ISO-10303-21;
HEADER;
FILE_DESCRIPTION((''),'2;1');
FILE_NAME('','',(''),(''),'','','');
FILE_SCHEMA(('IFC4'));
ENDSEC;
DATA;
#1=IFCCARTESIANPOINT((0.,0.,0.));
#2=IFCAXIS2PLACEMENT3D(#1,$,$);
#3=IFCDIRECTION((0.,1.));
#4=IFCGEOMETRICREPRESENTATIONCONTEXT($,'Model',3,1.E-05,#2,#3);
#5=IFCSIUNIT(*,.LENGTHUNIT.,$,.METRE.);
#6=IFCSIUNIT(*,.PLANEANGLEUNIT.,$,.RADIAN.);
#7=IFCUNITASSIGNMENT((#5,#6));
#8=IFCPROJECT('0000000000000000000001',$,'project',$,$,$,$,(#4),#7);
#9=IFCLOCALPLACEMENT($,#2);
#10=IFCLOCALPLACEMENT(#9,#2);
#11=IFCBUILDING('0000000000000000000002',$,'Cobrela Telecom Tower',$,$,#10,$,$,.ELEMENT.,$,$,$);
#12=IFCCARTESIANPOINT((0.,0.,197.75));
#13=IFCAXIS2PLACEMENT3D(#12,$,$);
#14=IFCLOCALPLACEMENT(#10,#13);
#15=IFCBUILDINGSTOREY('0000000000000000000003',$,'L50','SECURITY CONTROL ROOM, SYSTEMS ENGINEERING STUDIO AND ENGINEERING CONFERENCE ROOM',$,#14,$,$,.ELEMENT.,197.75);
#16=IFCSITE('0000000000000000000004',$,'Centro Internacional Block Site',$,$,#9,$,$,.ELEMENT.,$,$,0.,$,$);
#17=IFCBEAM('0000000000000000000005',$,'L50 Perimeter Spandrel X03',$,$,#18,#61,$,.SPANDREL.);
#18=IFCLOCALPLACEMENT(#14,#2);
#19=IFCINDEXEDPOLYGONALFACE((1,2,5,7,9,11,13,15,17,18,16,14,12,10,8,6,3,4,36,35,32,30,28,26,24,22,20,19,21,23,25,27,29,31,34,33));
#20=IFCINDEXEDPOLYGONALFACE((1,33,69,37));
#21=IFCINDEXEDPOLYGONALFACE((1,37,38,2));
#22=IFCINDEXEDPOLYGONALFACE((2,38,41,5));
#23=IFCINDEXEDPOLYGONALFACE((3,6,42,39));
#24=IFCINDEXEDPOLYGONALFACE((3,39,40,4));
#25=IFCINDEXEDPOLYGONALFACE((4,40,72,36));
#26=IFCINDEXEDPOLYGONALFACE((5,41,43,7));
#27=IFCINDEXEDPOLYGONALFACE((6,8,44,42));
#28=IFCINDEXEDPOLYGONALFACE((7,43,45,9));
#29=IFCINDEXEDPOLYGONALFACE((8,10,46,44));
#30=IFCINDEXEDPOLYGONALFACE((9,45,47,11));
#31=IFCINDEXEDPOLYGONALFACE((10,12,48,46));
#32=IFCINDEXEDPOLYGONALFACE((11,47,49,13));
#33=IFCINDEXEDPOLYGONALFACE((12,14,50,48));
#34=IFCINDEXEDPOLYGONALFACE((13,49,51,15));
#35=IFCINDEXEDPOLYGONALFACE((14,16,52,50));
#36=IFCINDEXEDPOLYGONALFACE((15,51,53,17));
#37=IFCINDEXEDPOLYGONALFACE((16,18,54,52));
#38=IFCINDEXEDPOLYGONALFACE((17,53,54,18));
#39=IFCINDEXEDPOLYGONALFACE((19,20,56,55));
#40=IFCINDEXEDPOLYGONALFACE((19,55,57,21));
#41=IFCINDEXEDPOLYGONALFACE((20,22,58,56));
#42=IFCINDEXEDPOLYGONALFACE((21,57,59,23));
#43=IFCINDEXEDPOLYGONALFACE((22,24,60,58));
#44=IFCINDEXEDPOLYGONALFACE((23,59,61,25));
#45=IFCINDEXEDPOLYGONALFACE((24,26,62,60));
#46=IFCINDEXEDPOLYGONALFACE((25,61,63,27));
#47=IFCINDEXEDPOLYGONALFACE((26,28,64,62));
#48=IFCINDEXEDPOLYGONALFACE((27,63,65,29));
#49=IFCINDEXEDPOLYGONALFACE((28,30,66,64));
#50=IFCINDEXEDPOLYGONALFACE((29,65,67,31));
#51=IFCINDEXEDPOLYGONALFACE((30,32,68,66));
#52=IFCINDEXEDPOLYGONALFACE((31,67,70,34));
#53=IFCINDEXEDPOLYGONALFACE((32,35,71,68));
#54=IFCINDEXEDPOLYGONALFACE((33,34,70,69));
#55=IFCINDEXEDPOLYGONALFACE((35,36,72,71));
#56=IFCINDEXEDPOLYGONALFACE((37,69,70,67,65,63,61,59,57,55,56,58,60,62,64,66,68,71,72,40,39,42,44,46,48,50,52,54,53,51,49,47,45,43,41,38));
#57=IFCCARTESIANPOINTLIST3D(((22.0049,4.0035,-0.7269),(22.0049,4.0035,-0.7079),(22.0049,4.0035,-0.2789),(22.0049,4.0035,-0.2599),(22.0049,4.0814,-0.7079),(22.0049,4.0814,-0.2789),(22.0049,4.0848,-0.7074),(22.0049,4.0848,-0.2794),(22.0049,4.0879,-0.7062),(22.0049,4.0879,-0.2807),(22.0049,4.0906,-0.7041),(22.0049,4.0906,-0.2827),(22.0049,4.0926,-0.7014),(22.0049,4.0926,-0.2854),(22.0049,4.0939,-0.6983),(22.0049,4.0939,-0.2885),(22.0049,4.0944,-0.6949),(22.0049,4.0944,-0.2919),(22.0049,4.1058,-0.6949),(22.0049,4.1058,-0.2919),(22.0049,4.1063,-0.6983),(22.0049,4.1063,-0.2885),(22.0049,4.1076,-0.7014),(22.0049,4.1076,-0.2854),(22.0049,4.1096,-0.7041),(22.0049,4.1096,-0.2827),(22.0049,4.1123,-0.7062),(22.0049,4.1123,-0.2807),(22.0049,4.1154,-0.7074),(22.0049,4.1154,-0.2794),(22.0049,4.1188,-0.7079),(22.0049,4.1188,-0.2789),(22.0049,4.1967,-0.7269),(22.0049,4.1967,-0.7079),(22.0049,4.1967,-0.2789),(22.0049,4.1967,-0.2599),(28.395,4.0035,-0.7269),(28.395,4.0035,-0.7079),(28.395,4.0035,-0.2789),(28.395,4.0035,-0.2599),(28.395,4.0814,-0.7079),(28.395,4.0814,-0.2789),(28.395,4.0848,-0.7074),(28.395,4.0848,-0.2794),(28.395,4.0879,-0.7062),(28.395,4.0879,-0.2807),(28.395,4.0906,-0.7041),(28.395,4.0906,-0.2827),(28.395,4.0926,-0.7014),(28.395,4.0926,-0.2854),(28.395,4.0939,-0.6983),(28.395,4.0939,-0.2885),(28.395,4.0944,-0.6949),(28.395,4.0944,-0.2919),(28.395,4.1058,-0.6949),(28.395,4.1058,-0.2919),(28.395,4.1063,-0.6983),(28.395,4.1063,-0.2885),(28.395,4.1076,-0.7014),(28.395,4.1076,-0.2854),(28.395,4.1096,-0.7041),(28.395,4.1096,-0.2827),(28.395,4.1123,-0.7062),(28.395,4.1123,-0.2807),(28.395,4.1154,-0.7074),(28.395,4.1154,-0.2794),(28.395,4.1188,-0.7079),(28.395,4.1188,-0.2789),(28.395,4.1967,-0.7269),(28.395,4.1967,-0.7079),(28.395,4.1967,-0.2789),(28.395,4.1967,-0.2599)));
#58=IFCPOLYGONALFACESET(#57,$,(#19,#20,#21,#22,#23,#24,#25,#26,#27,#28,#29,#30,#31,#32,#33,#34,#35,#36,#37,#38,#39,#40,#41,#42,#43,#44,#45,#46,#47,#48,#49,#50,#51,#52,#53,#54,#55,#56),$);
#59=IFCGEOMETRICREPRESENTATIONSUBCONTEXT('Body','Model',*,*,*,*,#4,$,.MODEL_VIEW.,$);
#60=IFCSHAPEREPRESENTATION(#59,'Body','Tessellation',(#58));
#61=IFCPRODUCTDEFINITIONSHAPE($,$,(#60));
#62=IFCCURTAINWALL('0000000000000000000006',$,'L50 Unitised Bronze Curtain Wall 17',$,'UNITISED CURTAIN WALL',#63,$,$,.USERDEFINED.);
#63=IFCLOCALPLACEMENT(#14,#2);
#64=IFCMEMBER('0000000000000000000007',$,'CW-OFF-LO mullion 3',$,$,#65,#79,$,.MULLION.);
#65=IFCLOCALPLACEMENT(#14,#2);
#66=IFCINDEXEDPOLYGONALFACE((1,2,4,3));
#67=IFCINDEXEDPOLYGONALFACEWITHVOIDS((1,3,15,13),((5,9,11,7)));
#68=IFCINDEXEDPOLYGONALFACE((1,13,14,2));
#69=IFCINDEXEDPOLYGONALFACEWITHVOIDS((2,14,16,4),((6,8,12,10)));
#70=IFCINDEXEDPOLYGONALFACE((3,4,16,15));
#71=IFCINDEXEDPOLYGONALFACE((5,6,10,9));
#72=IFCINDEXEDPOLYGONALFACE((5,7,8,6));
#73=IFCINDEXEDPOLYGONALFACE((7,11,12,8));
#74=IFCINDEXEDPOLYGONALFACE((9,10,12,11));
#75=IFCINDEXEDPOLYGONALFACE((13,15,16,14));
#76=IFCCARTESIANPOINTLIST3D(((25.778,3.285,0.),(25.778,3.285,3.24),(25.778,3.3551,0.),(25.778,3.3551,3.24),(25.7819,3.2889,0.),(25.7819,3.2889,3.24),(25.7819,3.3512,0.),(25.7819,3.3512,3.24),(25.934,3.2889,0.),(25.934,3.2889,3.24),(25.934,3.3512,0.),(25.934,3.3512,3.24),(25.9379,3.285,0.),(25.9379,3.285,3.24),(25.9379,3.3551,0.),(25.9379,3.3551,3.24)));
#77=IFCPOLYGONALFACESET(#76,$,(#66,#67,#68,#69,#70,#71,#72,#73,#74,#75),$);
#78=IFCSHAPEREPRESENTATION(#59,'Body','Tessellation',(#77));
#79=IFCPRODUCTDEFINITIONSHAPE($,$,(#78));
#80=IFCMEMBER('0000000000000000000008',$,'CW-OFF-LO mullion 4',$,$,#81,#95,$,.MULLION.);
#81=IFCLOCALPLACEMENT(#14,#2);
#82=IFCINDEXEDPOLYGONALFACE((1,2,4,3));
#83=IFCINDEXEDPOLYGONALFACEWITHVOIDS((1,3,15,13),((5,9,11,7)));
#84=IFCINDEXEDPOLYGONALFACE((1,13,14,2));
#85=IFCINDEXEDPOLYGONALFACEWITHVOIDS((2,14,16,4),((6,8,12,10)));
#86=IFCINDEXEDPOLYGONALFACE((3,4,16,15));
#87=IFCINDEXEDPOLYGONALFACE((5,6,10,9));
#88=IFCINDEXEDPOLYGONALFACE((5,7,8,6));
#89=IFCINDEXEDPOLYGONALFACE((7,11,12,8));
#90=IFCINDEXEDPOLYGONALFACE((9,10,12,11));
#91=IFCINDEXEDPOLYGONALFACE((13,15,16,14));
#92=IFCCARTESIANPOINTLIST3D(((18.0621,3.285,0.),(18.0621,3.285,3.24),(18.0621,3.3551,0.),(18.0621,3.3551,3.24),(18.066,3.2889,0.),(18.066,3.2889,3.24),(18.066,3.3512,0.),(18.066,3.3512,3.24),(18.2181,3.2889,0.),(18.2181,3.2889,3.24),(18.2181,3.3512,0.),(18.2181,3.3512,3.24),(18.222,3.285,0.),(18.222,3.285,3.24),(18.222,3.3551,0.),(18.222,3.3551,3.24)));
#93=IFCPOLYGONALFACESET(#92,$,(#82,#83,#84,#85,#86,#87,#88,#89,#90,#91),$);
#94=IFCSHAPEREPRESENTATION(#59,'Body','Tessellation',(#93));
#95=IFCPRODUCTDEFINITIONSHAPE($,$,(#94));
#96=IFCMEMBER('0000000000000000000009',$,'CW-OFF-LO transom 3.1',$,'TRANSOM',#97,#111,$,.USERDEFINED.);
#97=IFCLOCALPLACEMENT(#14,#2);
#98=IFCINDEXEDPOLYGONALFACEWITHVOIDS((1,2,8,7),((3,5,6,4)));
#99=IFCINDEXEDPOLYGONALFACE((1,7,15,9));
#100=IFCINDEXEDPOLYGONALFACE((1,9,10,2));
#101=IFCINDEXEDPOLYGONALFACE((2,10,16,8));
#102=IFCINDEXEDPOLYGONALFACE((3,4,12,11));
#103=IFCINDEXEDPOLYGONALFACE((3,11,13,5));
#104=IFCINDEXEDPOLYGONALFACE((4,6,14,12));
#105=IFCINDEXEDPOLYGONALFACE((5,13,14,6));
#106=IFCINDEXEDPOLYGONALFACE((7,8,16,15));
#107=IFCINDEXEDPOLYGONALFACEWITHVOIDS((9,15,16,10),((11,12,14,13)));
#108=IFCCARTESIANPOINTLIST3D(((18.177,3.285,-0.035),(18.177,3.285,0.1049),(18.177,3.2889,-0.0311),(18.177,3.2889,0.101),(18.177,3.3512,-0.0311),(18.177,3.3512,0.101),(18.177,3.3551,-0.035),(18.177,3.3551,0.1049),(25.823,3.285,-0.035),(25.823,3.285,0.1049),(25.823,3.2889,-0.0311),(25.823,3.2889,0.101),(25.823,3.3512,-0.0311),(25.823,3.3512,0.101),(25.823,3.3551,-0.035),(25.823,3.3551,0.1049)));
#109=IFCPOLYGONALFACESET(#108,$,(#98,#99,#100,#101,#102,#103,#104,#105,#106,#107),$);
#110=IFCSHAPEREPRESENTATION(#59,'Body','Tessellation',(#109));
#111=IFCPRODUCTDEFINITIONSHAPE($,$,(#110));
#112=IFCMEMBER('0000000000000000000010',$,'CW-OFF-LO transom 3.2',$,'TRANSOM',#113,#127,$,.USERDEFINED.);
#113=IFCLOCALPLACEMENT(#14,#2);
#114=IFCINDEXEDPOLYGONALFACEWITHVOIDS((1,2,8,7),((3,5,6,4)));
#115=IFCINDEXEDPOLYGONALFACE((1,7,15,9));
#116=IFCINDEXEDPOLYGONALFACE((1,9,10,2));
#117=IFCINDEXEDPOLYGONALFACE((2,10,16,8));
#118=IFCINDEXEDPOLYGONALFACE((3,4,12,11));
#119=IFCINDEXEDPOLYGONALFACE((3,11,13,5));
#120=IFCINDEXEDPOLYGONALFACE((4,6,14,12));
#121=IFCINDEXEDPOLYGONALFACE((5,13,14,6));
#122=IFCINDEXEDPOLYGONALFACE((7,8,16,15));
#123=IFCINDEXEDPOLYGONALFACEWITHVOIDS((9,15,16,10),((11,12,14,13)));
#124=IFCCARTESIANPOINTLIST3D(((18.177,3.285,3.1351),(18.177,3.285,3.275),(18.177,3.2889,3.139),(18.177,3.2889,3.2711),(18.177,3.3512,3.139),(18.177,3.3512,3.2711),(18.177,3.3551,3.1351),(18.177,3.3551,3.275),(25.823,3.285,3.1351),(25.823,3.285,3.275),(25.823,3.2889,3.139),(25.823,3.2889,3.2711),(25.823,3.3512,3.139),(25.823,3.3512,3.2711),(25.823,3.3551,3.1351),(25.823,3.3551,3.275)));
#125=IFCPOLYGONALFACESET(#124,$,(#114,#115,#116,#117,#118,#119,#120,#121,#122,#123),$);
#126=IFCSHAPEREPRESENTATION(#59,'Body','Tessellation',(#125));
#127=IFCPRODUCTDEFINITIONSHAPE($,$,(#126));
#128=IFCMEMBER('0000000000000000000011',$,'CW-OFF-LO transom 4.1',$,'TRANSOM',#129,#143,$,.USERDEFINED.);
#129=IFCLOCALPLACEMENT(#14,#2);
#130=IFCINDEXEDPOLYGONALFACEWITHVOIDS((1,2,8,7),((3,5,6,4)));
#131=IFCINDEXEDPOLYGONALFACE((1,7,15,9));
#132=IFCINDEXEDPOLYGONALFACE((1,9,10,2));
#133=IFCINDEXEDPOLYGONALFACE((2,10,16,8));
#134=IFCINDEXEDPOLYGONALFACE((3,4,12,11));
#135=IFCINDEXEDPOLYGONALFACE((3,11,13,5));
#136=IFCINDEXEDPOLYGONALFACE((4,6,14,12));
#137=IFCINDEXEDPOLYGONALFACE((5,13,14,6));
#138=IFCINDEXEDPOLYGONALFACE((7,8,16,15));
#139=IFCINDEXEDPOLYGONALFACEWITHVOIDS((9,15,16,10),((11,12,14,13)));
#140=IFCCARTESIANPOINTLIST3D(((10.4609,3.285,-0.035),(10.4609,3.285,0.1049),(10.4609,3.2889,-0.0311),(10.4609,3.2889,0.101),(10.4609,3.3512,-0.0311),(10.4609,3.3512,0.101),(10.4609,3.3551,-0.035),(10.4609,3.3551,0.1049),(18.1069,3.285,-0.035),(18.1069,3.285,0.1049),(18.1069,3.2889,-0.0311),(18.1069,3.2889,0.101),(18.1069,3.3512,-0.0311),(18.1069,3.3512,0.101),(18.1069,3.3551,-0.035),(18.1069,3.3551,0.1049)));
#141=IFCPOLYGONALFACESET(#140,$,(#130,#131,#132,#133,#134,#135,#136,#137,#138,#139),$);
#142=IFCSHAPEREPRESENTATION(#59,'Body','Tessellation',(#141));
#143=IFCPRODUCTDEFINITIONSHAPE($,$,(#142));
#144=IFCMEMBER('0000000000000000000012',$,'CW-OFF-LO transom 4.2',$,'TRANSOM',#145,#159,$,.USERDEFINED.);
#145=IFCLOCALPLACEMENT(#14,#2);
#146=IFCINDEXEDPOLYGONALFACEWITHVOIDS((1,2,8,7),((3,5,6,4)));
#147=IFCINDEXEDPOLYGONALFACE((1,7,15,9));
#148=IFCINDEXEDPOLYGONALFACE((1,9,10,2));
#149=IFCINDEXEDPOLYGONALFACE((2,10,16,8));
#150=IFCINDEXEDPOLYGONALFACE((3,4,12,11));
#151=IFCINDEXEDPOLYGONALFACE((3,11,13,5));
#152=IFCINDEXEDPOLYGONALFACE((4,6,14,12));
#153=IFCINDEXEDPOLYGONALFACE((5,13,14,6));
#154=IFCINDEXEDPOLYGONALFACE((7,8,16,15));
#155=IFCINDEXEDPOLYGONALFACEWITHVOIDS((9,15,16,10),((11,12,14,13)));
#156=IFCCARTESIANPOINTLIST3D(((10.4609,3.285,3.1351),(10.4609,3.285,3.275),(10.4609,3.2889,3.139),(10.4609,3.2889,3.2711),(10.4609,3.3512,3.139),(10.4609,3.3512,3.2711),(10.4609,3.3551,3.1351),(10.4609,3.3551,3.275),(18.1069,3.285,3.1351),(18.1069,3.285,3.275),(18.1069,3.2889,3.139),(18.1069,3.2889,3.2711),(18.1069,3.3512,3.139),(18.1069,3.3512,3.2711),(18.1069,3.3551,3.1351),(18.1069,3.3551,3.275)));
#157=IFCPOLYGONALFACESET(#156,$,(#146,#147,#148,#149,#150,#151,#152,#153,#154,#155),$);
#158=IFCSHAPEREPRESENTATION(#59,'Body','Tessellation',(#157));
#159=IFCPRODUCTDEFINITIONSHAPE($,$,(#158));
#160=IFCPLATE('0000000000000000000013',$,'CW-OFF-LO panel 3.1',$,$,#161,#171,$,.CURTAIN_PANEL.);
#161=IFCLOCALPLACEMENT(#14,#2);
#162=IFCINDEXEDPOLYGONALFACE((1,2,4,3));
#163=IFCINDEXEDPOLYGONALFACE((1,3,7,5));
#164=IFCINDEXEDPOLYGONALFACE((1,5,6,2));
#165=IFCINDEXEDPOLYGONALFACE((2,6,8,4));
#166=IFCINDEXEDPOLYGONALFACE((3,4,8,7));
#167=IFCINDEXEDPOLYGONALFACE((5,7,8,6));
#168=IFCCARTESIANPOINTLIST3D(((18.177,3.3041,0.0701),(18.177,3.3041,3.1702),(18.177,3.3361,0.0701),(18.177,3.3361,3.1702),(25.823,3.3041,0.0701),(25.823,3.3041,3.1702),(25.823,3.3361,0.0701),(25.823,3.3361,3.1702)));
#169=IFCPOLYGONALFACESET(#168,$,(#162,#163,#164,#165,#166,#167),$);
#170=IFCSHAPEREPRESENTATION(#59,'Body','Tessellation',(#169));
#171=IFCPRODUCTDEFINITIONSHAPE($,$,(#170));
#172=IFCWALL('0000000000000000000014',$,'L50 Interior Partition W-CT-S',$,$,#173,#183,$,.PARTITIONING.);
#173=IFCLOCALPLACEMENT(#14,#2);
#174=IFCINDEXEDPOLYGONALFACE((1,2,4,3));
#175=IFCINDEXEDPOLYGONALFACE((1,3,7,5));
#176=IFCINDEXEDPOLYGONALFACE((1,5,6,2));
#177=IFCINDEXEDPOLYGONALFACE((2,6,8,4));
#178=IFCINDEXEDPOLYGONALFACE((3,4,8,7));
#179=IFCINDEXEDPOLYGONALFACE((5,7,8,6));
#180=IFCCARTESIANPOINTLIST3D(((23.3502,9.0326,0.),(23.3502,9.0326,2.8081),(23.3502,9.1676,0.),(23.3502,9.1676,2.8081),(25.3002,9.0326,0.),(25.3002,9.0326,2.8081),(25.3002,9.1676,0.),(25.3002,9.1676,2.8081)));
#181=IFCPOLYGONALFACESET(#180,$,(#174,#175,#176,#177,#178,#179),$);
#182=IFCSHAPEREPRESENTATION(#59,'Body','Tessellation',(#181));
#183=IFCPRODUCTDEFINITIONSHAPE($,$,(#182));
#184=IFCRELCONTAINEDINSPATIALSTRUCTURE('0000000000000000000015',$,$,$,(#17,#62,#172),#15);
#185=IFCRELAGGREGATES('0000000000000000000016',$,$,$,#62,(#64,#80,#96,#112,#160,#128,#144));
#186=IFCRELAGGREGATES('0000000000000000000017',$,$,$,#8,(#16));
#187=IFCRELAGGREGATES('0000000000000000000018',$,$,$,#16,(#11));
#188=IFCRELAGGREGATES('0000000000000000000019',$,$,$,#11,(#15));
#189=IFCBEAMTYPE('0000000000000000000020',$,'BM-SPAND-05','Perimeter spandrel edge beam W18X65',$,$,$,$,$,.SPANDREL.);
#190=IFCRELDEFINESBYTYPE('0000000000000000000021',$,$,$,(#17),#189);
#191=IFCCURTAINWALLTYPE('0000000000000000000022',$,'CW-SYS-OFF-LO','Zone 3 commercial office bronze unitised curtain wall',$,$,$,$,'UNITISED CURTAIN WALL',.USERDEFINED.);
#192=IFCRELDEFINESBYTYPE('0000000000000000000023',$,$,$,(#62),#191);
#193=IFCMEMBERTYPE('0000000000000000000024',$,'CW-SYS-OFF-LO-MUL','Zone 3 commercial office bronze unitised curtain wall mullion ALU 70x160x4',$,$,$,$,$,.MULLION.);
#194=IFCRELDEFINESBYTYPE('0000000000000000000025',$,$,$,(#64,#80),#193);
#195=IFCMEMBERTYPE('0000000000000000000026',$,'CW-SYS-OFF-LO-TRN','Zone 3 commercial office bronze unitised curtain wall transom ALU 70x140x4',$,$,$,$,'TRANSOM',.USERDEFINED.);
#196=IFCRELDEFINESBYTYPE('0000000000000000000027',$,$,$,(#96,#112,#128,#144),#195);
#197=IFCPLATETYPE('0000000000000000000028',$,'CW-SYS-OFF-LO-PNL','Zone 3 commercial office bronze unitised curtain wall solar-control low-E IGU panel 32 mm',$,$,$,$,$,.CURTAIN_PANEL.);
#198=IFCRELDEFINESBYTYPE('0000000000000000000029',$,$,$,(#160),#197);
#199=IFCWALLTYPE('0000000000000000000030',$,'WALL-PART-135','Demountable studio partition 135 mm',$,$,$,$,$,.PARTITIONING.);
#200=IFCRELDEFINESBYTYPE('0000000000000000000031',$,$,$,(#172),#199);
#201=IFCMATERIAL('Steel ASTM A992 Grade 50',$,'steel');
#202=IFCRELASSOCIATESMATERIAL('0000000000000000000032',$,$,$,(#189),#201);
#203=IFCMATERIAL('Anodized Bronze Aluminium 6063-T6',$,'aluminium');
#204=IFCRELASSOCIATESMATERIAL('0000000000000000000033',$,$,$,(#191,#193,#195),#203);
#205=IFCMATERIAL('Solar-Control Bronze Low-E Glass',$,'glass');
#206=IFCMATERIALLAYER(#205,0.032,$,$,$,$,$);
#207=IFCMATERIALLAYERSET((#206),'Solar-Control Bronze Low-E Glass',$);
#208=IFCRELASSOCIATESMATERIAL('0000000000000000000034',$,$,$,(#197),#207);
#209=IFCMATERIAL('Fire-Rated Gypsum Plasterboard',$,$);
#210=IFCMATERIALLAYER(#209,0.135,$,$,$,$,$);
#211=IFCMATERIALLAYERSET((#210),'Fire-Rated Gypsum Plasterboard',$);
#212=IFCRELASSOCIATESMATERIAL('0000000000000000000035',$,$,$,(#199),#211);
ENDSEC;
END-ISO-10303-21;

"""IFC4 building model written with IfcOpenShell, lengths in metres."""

from ifc_helpers import new_model, si_unit, direction, frame, frame_2d, origin, origin_2d, place, context, subcontext, project, spatial, rectangle, hollow_rectangle, i_section, extrude, material, layer, layer_set, material_profile, profile_set, type_object, element, aggregate, save


model = new_model("IFC4")

# Units and contexts
model_context = context("Model", 3, precision=1e-05, world=origin(), true_north=direction((0.0, 1.0)))
body_context = subcontext(model_context, "Body", "Model", "MODEL_VIEW")
ifc_project = project(units=[si_unit("LENGTHUNIT", "METRE"), si_unit("PLANEANGLEUNIT", "RADIAN")], contexts=[model_context])

# Site, building, storey
site_placement = place(None, origin())
site = spatial("IfcSite", under=ifc_project, at=site_placement, Name="Centro Internacional Block Site", CompositionType="ELEMENT", RefElevation=0.0)
building_placement = place(site_placement, origin())
building = spatial("IfcBuilding", under=site, at=building_placement, Name="Cobrela Telecom Tower", CompositionType="ELEMENT")
storey_placement = place(building_placement, frame((0.0, 0.0, 197.75)))
storey = spatial("IfcBuildingStorey", under=building, at=storey_placement, Name="L50", Description="SECURITY CONTROL ROOM, SYSTEMS ENGINEERING STUDIO AND ENGINEERING CONFERENCE ROOM", CompositionType="ELEMENT", Elevation=197.75)

# Shared definitions
ifc_material_1 = material(Name="Steel ASTM A992 Grade 50", Category="steel")

# Beam
ifc_material_profile_1 = material_profile(ifc_material_1, i_section(OverallWidth=0.1931, OverallDepth=0.467, WebThickness=0.0115, FlangeThickness=0.019, FilletRadius=0.0129, at=origin_2d()), Name="W18X65")
ifc_profile_set_1 = profile_set([ifc_material_profile_1], Name="Steel ASTM A992 Grade 50")
beam_type_1 = type_object("IfcBeamType", Name="BM-SPAND-05", Description="Perimeter spandrel edge beam W18X65", PredefinedType="SPANDREL", material=ifc_profile_set_1)
beam_1_placement = place(storey_placement, frame((22.0049, 4.1001, -0.4934), z_axis=(1.0, 0.0, 0.0), x_axis=(0.0, 1.0, 0.0)))
element("IfcBeam", 1, at=beam_1_placement, inside=storey, type_object=beam_type_1, Name="L50 Perimeter Spandrel X03", PredefinedType="SPANDREL", context=body_context, shape_type="SweptSolid", body=[
    extrude(i_section(OverallWidth=0.1931, OverallDepth=0.467, WebThickness=0.0115, FlangeThickness=0.019, FilletRadius=0.0129, at=origin_2d()), origin(), (0.0, 0.0, 1.0), 6.3901),
])

# Curtain wall, members, plate
ifc_material_2 = material(Name="Anodized Bronze Aluminium 6063-T6", Category="aluminium")
curtain_wall_type = type_object("IfcCurtainWallType", Name="CW-SYS-OFF-LO", Description="Zone 3 commercial office bronze unitised curtain wall", ElementType="UNITISED CURTAIN WALL", PredefinedType="USERDEFINED", material=ifc_material_2)
curtain_wall_placement = place(storey_placement, origin())
curtain_wall = element("IfcCurtainWall", 2, at=curtain_wall_placement, inside=storey, type_object=curtain_wall_type, Name="L50 Unitised Bronze Curtain Wall 17", ObjectType="UNITISED CURTAIN WALL", PredefinedType="USERDEFINED")
ifc_material_profile_2 = material_profile(ifc_material_2, hollow_rectangle(XDim=0.0701, YDim=0.1599, WallThickness=0.0039, at=origin_2d()), Name="ALU 70x160x4")
ifc_profile_set_2 = profile_set([ifc_material_profile_2], Name="Anodized Bronze Aluminium 6063-T6")
member_type_1 = type_object("IfcMemberType", Name="CW-SYS-OFF-LO-MUL", Description="Zone 3 commercial office bronze unitised curtain wall mullion ALU 70x160x4", PredefinedType="MULLION", material=ifc_profile_set_2)
member_1_placement = place(storey_placement, frame((25.8579, 3.3201, 0.0), z_axis=(0.0, 0.0, 1.0), x_axis=(0.0, -1.0, 0.0)))
member_1 = element("IfcMember", 3, at=member_1_placement, type_object=member_type_1, Name="CW-OFF-LO mullion 3", PredefinedType="MULLION", context=body_context, shape_type="SweptSolid", body=[
    extrude(hollow_rectangle(XDim=0.0701, YDim=0.1599, WallThickness=0.0039, at=origin_2d()), origin(), (0.0, 0.0, 1.0), 3.24),
])
member_2_placement = place(storey_placement, frame((18.1421, 3.3201, 0.0), z_axis=(0.0, 0.0, 1.0), x_axis=(0.0, -1.0, 0.0)))
member_2 = element("IfcMember", 4, at=member_2_placement, type_object=member_type_1, Name="CW-OFF-LO mullion 4", PredefinedType="MULLION", context=body_context, shape_type="SweptSolid", body=[
    extrude(hollow_rectangle(XDim=0.0701, YDim=0.1599, WallThickness=0.0039, at=origin_2d()), origin(), (0.0, 0.0, 1.0), 3.24),
])
ifc_material_profile_3 = material_profile(ifc_material_2, hollow_rectangle(XDim=0.0701, YDim=0.1399, WallThickness=0.0039, at=origin_2d()), Name="ALU 70x140x4")
ifc_profile_set_3 = profile_set([ifc_material_profile_3], Name="Anodized Bronze Aluminium 6063-T6")
member_type_2 = type_object("IfcMemberType", Name="CW-SYS-OFF-LO-TRN", Description="Zone 3 commercial office bronze unitised curtain wall transom ALU 70x140x4", ElementType="TRANSOM", PredefinedType="USERDEFINED", material=ifc_profile_set_3)
member_3_placement = place(storey_placement, frame((25.823, 3.3201, 0.0349), z_axis=(-1.0, 0.0, 0.0), x_axis=(0.0, -1.0, 0.0)))
member_3 = element("IfcMember", 5, at=member_3_placement, type_object=member_type_2, Name="CW-OFF-LO transom 3.1", ObjectType="TRANSOM", PredefinedType="USERDEFINED", context=body_context, shape_type="SweptSolid", body=[
    extrude(hollow_rectangle(XDim=0.0701, YDim=0.1399, WallThickness=0.0039, at=origin_2d()), origin(), (0.0, 0.0, 1.0), 7.646),
])
member_4_placement = place(storey_placement, frame((25.823, 3.3201, 3.2051), z_axis=(-1.0, 0.0, 0.0), x_axis=(0.0, -1.0, 0.0)))
member_4 = element("IfcMember", 6, at=member_4_placement, type_object=member_type_2, Name="CW-OFF-LO transom 3.2", ObjectType="TRANSOM", PredefinedType="USERDEFINED", context=body_context, shape_type="SweptSolid", body=[
    extrude(hollow_rectangle(XDim=0.0701, YDim=0.1399, WallThickness=0.0039, at=origin_2d()), origin(), (0.0, 0.0, 1.0), 7.646),
])
member_5_placement = place(storey_placement, frame((18.1069, 3.3201, 0.0349), z_axis=(-1.0, 0.0, 0.0), x_axis=(0.0, -1.0, 0.0)))
member_5 = element("IfcMember", 7, at=member_5_placement, type_object=member_type_2, Name="CW-OFF-LO transom 4.1", ObjectType="TRANSOM", PredefinedType="USERDEFINED", context=body_context, shape_type="SweptSolid", body=[
    extrude(hollow_rectangle(XDim=0.0701, YDim=0.1399, WallThickness=0.0039, at=origin_2d()), origin(), (0.0, 0.0, 1.0), 7.646),
])
member_6_placement = place(storey_placement, frame((18.1069, 3.3201, 3.2051), z_axis=(-1.0, 0.0, 0.0), x_axis=(0.0, -1.0, 0.0)))
member_6 = element("IfcMember", 8, at=member_6_placement, type_object=member_type_2, Name="CW-OFF-LO transom 4.2", ObjectType="TRANSOM", PredefinedType="USERDEFINED", context=body_context, shape_type="SweptSolid", body=[
    extrude(hollow_rectangle(XDim=0.0701, YDim=0.1399, WallThickness=0.0039, at=origin_2d()), origin(), (0.0, 0.0, 1.0), 7.646),
])
ifc_material_3 = material(Name="Solar-Control Bronze Low-E Glass", Category="glass")
ifc_layer_1 = layer(ifc_material_3, 0.032)
ifc_layer_set_1 = layer_set([ifc_layer_1], Name="Solar-Control Bronze Low-E Glass")
plate_type = type_object("IfcPlateType", Name="CW-SYS-OFF-LO-PNL", Description="Zone 3 commercial office bronze unitised curtain wall solar-control low-E IGU panel 32 mm", PredefinedType="CURTAIN_PANEL", material=ifc_layer_set_1)
plate_placement = place(storey_placement, frame((22.0, 3.3201, 0.0701), z_axis=(0.0, 0.0, 1.0), x_axis=(-1.0, 0.0, 0.0)))
plate = element("IfcPlate", 9, at=plate_placement, type_object=plate_type, Name="CW-OFF-LO panel 3.1", PredefinedType="CURTAIN_PANEL", context=body_context, shape_type="SweptSolid", body=[
    extrude(rectangle(XDim=7.646, YDim=0.032, at=origin_2d()), origin(), (0.0, 0.0, 1.0), 3.1001),
])
aggregate(curtain_wall, [member_1, member_2, member_3, member_4, plate, member_5, member_6])

# Wall
ifc_material_4 = material(Name="Fire-Rated Gypsum Plasterboard")
ifc_layer_2 = layer(ifc_material_4, 0.135)
ifc_layer_set_2 = layer_set([ifc_layer_2], Name="Fire-Rated Gypsum Plasterboard")
wall_type_1 = type_object("IfcWallType", Name="WALL-PART-135", Description="Demountable studio partition 135 mm", PredefinedType="PARTITIONING", material=ifc_layer_set_2)
wall_1_placement = place(storey_placement, frame((23.3501, 9.1001, 0.0), z_axis=(0.0, 0.0, 1.0), x_axis=(1.0, 0.0, 0.0)))
element("IfcWall", 10, at=wall_1_placement, inside=storey, type_object=wall_type_1, Name="L50 Interior Partition W-CT-S", PredefinedType="PARTITIONING", context=body_context, shape_type="SweptSolid", body=[
    extrude(rectangle(XDim=1.95, YDim=0.135, at=frame_2d((0.9751, 0.0))), origin(), (0.0, 0.0, 1.0), 2.8081),
])

save(model, "model.ifc")
